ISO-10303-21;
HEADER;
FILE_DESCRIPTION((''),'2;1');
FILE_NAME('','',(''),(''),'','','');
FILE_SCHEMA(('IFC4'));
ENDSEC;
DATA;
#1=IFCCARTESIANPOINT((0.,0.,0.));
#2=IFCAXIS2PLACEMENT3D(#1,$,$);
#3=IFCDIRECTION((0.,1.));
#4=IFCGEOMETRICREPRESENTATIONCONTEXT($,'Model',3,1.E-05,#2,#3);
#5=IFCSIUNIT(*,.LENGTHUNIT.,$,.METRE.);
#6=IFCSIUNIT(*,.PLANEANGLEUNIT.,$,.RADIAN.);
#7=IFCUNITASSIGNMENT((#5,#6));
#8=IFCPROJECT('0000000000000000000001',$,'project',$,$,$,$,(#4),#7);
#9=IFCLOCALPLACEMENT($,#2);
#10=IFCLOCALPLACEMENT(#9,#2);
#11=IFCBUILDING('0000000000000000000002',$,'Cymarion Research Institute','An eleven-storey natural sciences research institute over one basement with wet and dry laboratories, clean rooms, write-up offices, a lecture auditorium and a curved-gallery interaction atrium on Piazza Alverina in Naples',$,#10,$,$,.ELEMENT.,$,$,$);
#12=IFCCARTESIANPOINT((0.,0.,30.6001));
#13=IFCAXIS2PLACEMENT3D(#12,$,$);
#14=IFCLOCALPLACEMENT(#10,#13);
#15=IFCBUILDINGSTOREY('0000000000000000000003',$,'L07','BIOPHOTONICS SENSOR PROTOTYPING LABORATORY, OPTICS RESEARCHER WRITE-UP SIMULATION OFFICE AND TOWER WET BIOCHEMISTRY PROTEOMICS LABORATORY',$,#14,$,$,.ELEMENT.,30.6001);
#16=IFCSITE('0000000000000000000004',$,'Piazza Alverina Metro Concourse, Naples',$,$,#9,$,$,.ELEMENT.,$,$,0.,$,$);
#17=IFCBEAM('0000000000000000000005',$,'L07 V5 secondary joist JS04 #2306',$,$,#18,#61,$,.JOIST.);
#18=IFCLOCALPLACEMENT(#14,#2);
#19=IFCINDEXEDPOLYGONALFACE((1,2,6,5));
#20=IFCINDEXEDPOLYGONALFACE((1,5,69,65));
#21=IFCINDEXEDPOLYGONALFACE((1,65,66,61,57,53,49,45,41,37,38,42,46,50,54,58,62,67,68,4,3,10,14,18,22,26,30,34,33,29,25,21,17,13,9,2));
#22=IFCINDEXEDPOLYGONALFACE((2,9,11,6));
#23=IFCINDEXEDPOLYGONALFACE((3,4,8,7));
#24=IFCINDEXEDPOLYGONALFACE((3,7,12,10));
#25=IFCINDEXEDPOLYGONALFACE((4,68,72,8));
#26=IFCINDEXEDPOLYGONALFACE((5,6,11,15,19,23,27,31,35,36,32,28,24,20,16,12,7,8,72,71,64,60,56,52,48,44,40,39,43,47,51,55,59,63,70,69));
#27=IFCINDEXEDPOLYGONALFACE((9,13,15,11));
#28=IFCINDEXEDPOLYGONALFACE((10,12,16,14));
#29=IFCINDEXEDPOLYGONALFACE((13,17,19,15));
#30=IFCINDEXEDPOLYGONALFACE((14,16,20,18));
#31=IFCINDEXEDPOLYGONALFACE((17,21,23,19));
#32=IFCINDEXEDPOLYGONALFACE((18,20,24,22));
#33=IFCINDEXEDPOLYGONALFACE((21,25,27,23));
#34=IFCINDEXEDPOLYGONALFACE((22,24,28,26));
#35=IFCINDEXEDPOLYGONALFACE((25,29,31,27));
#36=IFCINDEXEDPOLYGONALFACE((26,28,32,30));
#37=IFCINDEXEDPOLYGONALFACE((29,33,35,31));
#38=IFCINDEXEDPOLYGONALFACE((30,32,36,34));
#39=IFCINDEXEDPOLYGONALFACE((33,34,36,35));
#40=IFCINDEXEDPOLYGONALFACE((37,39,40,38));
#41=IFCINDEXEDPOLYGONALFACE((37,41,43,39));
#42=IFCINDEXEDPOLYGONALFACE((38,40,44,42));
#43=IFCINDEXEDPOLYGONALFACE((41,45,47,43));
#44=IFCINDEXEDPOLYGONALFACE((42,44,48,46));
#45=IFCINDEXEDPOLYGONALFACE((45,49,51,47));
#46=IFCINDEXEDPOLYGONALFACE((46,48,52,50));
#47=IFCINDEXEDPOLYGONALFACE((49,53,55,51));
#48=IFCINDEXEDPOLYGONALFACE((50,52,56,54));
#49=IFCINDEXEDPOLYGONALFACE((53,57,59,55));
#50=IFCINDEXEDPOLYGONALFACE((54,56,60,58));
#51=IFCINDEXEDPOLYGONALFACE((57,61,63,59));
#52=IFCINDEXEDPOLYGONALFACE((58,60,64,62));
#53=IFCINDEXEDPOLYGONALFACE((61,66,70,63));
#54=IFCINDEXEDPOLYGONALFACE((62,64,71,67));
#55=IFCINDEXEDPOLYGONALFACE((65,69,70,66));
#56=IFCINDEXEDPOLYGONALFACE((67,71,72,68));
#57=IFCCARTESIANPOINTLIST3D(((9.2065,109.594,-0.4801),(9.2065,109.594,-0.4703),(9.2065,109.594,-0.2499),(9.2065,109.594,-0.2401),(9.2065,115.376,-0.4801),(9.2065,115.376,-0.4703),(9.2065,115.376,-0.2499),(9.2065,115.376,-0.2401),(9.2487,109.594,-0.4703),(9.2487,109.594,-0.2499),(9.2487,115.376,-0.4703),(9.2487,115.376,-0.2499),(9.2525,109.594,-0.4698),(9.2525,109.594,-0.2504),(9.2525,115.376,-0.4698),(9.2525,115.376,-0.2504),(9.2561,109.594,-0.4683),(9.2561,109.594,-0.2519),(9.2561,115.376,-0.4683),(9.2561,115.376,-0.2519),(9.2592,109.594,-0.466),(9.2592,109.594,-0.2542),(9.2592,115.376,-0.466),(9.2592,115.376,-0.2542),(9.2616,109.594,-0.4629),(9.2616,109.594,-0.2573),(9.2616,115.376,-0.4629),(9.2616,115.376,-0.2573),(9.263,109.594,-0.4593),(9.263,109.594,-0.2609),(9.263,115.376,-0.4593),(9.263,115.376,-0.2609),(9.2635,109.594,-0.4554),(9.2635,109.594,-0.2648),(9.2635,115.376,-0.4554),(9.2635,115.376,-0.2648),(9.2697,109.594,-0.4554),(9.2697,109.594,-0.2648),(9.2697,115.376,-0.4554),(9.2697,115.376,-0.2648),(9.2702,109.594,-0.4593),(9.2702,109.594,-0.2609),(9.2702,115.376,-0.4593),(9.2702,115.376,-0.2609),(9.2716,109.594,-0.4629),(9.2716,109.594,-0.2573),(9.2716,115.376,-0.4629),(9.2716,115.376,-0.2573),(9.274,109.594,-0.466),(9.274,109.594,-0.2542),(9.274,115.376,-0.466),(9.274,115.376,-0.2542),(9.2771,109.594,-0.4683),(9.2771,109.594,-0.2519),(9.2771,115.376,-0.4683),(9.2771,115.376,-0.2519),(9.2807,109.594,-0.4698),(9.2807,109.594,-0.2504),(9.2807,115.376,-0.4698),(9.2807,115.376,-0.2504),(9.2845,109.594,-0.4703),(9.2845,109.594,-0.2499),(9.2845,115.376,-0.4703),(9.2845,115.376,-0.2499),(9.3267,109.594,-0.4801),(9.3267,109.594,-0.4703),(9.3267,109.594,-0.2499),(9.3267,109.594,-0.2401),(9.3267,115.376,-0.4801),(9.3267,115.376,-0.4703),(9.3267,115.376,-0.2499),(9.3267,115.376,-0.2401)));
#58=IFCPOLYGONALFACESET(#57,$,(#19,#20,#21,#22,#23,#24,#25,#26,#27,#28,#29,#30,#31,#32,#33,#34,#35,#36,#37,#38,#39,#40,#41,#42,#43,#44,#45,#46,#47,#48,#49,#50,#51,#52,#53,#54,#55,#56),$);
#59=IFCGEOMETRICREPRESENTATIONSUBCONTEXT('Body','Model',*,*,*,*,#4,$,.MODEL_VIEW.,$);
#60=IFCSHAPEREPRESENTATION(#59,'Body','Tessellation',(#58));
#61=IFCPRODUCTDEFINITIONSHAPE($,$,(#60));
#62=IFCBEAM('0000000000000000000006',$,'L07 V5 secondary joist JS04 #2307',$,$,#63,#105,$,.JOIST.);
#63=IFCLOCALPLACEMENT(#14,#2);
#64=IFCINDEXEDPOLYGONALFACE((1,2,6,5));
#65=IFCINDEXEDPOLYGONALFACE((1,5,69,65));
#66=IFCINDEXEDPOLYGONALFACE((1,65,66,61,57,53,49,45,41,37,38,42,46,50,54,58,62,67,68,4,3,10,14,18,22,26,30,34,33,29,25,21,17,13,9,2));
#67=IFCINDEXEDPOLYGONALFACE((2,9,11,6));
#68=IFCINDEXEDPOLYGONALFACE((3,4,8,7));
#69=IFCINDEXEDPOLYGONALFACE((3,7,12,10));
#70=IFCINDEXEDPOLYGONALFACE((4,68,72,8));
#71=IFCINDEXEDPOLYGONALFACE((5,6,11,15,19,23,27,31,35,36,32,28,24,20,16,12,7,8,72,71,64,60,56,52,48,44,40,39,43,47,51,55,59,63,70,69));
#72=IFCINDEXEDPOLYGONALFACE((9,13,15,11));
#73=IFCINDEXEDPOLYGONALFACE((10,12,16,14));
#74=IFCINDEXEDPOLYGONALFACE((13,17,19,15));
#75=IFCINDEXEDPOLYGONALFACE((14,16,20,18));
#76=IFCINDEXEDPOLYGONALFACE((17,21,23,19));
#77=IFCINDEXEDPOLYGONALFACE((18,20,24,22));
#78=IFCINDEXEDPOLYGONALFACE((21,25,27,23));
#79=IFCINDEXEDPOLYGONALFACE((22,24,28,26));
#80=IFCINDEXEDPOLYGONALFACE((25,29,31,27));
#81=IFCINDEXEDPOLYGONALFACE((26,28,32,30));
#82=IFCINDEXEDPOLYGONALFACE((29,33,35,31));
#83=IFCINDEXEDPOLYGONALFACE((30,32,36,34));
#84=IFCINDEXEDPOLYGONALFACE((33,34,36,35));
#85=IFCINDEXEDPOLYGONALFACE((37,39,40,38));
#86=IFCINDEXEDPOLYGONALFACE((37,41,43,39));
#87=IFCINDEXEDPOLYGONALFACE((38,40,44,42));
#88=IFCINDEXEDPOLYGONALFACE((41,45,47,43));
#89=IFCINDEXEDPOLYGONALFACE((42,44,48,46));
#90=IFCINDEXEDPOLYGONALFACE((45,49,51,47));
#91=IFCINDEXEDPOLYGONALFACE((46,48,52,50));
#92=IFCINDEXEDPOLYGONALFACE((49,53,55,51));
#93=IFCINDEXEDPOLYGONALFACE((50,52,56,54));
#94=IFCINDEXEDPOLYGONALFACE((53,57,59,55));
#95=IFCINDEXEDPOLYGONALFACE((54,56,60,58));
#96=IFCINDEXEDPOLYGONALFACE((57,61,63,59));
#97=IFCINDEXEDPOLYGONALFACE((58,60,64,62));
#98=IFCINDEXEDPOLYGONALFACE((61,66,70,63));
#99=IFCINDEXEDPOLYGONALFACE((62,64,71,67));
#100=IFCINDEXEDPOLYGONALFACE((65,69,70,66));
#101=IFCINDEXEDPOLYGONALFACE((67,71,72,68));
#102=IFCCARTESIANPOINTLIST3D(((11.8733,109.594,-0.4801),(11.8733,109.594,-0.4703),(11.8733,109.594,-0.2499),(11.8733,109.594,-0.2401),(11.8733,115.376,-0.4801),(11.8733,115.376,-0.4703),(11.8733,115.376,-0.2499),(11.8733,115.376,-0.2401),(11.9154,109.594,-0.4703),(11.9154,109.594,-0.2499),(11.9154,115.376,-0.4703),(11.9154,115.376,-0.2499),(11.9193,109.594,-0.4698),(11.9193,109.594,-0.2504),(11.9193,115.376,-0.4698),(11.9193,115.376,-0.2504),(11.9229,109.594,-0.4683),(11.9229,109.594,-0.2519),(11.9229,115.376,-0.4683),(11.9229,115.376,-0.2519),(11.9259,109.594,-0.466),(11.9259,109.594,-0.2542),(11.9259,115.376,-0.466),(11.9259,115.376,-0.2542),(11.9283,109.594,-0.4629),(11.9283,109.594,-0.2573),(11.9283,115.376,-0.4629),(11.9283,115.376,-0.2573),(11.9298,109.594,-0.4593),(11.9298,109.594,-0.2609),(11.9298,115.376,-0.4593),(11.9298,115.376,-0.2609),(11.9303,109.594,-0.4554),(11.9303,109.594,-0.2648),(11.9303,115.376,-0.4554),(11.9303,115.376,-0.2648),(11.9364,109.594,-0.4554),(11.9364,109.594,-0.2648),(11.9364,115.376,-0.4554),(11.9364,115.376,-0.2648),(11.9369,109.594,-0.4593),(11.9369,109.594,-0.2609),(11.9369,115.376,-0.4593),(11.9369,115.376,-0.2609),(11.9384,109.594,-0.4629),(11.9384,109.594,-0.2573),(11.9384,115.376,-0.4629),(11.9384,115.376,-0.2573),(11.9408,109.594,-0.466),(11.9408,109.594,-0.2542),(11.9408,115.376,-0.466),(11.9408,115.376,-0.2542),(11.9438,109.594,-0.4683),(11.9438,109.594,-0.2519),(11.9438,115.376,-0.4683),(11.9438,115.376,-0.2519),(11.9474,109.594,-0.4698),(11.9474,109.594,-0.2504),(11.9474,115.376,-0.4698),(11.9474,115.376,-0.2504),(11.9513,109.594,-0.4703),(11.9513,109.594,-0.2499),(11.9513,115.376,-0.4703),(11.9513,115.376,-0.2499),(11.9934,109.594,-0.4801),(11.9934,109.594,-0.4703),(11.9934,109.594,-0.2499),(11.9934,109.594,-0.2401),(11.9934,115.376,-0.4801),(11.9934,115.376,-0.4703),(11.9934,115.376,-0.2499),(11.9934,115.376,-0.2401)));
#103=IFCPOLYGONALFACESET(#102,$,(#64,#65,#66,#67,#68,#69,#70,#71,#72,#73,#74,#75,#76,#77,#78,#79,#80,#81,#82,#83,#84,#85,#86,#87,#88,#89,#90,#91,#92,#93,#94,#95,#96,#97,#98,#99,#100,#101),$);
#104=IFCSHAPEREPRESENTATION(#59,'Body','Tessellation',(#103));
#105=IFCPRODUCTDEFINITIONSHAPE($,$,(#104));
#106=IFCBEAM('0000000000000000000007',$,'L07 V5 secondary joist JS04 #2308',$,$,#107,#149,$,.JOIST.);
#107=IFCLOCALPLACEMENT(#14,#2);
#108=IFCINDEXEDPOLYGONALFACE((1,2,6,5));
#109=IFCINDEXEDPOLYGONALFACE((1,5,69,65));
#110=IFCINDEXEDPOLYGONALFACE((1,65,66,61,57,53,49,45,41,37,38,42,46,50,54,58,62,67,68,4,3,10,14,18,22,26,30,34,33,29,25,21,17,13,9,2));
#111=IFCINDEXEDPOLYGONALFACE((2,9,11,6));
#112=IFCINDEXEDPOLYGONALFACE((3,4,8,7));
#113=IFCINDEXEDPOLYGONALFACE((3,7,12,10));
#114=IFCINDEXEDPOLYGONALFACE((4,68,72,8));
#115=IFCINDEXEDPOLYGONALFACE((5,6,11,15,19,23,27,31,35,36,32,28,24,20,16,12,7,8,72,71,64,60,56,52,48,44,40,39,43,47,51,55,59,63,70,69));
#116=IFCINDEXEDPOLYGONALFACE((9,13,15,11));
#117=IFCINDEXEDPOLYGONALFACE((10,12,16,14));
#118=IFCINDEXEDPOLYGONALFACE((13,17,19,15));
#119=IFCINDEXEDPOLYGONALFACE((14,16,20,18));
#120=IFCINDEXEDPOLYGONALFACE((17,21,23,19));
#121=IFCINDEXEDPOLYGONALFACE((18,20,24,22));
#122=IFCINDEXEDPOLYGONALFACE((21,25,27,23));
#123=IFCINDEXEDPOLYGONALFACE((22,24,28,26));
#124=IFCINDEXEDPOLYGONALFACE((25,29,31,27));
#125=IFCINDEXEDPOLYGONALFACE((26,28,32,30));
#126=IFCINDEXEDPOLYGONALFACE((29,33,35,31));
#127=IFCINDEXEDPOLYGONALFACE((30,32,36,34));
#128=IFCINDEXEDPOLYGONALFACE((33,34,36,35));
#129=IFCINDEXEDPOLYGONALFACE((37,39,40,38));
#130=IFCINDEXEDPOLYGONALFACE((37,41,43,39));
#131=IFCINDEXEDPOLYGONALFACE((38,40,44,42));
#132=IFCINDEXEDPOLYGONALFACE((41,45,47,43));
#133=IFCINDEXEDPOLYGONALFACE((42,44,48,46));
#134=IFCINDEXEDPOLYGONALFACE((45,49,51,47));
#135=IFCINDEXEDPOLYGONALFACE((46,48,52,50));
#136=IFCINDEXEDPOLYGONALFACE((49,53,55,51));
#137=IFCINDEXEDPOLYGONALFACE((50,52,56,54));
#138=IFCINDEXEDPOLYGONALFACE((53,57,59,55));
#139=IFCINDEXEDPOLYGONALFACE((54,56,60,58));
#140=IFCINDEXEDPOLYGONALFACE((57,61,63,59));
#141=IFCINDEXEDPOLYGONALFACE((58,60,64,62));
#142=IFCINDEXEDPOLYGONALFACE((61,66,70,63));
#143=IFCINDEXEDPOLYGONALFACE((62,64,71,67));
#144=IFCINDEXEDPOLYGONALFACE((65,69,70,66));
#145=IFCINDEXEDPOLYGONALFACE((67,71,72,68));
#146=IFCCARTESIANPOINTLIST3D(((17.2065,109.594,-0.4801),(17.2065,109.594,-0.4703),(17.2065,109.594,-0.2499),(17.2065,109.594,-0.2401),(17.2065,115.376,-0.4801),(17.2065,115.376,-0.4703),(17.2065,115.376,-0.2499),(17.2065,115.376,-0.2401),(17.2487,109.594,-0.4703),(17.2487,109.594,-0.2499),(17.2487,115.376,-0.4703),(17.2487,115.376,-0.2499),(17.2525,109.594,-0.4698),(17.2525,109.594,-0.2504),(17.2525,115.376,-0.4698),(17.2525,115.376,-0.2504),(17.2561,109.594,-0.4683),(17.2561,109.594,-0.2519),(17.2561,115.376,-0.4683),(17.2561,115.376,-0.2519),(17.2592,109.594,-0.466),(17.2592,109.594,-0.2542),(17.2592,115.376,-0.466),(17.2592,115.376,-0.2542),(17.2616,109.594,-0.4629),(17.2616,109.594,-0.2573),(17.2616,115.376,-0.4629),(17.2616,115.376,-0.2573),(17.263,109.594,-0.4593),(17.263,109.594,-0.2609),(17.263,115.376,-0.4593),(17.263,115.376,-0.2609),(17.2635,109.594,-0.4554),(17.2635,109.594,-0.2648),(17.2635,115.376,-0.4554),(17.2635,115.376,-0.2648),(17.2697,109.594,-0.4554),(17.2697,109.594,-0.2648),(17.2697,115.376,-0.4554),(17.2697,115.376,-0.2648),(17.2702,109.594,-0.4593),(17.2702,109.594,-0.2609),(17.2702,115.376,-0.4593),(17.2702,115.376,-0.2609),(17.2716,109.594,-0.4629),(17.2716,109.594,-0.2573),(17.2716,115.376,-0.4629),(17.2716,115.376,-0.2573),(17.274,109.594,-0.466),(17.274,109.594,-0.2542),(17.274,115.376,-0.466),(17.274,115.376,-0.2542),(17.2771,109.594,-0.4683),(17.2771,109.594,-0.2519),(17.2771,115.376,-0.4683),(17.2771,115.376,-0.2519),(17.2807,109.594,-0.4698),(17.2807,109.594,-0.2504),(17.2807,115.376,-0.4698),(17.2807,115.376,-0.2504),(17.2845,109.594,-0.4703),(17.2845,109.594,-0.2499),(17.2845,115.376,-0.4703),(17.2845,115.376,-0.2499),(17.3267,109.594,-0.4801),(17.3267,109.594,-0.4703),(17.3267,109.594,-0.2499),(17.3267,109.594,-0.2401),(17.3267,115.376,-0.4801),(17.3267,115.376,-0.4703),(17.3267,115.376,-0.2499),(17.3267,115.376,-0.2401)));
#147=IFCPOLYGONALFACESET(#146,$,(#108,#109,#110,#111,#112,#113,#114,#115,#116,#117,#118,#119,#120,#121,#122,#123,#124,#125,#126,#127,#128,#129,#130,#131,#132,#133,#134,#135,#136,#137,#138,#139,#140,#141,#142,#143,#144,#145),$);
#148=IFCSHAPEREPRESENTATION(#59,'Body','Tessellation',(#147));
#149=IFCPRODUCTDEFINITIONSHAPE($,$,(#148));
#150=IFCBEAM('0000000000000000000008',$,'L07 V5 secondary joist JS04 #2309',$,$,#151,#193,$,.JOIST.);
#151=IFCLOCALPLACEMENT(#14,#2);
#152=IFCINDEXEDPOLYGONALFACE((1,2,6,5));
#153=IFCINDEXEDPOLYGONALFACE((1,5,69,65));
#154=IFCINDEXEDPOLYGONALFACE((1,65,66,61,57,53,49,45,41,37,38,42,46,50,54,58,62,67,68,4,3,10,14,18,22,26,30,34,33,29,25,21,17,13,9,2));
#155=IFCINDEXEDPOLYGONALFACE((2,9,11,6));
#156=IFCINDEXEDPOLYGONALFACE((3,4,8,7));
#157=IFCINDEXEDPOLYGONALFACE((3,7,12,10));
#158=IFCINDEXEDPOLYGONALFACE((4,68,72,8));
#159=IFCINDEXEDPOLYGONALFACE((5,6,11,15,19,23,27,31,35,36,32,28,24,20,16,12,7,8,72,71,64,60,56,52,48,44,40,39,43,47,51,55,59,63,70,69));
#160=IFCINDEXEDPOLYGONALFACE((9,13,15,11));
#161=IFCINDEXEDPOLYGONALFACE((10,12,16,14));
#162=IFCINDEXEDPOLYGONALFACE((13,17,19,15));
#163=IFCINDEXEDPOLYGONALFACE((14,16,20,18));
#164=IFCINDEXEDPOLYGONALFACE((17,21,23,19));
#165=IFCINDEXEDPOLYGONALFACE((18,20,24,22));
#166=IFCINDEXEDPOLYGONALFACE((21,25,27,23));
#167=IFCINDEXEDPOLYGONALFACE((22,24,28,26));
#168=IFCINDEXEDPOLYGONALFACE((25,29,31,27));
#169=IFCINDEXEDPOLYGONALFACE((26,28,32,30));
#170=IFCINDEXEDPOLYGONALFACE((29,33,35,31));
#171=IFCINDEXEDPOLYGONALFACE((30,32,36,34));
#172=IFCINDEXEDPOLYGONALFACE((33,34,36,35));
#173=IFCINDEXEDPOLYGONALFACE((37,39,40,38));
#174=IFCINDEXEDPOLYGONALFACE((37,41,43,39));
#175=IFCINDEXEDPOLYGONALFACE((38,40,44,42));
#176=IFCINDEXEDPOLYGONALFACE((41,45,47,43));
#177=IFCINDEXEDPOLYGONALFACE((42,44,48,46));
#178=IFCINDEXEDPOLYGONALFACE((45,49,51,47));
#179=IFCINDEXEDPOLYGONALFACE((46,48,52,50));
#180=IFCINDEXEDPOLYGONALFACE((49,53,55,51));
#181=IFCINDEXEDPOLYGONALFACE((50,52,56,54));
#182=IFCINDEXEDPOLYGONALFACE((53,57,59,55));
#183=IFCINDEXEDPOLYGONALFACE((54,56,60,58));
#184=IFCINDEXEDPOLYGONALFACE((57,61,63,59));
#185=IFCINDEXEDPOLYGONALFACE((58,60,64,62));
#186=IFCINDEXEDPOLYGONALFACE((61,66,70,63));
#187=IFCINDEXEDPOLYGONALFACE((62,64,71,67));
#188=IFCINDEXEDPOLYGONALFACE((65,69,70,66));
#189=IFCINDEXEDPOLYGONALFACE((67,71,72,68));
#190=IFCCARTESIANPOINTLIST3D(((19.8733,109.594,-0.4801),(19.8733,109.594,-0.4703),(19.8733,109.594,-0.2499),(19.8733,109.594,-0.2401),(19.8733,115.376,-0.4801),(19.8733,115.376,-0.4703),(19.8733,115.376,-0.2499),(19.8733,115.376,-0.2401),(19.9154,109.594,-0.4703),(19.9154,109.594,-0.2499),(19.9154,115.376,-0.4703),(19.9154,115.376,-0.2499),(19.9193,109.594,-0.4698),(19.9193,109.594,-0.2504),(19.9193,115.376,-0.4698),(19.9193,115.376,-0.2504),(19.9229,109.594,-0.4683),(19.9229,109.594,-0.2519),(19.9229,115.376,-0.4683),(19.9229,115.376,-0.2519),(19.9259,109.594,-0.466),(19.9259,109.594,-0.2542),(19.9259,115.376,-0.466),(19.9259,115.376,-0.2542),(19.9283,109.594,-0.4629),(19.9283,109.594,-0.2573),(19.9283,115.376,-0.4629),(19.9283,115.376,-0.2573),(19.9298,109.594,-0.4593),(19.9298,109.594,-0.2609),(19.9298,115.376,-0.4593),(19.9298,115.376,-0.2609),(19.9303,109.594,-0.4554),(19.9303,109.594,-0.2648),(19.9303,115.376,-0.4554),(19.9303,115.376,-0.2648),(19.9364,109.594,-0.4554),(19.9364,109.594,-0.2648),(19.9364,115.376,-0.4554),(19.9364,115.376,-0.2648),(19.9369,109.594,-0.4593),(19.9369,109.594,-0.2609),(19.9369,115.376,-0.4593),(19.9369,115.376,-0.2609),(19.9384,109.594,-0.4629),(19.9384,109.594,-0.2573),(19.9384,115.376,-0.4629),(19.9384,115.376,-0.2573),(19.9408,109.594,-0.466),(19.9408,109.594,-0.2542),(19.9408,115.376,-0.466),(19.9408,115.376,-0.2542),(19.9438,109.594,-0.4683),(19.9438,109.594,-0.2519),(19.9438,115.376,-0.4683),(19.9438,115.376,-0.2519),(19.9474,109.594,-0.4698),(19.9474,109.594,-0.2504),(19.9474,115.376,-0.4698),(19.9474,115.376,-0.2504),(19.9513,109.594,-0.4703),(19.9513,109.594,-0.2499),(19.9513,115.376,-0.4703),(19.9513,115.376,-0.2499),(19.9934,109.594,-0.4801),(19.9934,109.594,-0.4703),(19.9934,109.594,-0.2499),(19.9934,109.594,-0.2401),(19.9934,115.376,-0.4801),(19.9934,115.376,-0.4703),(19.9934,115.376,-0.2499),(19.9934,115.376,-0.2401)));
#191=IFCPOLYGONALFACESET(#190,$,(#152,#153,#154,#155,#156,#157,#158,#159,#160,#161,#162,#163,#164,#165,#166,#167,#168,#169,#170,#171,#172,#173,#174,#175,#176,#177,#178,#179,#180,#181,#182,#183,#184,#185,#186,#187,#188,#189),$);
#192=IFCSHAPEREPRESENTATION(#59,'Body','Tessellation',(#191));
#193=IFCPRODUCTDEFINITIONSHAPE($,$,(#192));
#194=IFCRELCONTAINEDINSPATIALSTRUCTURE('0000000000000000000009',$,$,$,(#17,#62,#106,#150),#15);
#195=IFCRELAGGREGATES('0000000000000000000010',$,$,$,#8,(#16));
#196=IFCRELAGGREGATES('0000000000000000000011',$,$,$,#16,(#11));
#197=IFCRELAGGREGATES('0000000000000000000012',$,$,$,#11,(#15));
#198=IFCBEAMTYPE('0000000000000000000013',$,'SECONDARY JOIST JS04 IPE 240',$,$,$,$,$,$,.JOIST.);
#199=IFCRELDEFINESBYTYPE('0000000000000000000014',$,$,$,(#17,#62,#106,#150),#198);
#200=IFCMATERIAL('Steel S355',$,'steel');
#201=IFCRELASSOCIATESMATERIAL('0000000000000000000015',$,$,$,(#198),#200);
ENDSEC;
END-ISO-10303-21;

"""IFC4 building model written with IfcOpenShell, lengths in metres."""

from ifc_helpers import new_model, si_unit, direction, frame, origin, origin_2d, place, context, subcontext, project, spatial, i_section, extrude, material, material_profile, profile_set, type_object, element, save


model = new_model("IFC4")

# Units and contexts
model_context = context("Model", 3, precision=1e-05, world=origin(), true_north=direction((0.0, 1.0)))
body_context = subcontext(model_context, "Body", "Model", "MODEL_VIEW")
ifc_project = project(units=[si_unit("LENGTHUNIT", "METRE"), si_unit("PLANEANGLEUNIT", "RADIAN")], contexts=[model_context])

# Site, building, storey
site_placement = place(None, origin())
site = spatial("IfcSite", under=ifc_project, at=site_placement, Name="Piazza Alverina Metro Concourse, Naples", CompositionType="ELEMENT", RefElevation=0.0)
building_placement = place(site_placement, origin())
building = spatial("IfcBuilding", under=site, at=building_placement, Name="Cymarion Research Institute", Description="An eleven-storey natural sciences research institute over one basement with wet and dry laboratories, clean rooms, write-up offices, a lecture auditorium and a curved-gallery interaction atrium on Piazza Alverina in Naples", CompositionType="ELEMENT")
storey_placement = place(building_placement, frame((0.0, 0.0, 30.6001)))
storey = spatial("IfcBuildingStorey", under=building, at=storey_placement, Name="L07", Description="BIOPHOTONICS SENSOR PROTOTYPING LABORATORY, OPTICS RESEARCHER WRITE-UP SIMULATION OFFICE AND TOWER WET BIOCHEMISTRY PROTEOMICS LABORATORY", CompositionType="ELEMENT", Elevation=30.6001)

# Beams
ifc_material_1 = material(Name="Steel S355", Category="steel")
ifc_material_profile_1 = material_profile(ifc_material_1, i_section(OverallWidth=0.1201, OverallDepth=0.24, WebThickness=0.0061, FlangeThickness=0.0098, FilletRadius=0.0149, at=origin_2d()), Name="IPE 240")
ifc_profile_set_1 = profile_set([ifc_material_profile_1], Name="Steel S355")
beam_type_1 = type_object("IfcBeamType", Name="SECONDARY JOIST JS04 IPE 240", PredefinedType="JOIST", material=ifc_profile_set_1)
for number, where, z_axis, x_axis, name in (
    (1, (9.2666, 109.594, -0.3601), (0.0, 1.0, 0.0), (-1.0, 0.0, 0.0), "L07 V5 secondary joist JS04 #2306"),
    (2, (11.9333, 109.594, -0.3601), (0.0, 1.0, 0.0), (-1.0, 0.0, 0.0), "L07 V5 secondary joist JS04 #2307"),
    (3, (17.2666, 109.594, -0.3601), (0.0, 1.0, 0.0), (-1.0, 0.0, 0.0), "L07 V5 secondary joist JS04 #2308"),
    (4, (19.9333, 109.594, -0.3601), (0.0, 1.0, 0.0), (-1.0, 0.0, 0.0), "L07 V5 secondary joist JS04 #2309"),
):
    element("IfcBeam", number, at=place(storey_placement, frame(where, z_axis=z_axis, x_axis=x_axis)), inside=storey, type_object=beam_type_1, Name=name, PredefinedType="JOIST", context=body_context, shape_type="SweptSolid", body=[
        extrude(i_section(OverallWidth=0.1201, OverallDepth=0.24, WebThickness=0.0061, FlangeThickness=0.0098, FilletRadius=0.0149, at=origin_2d()), origin(), (0.0, 0.0, 1.0), 5.782),
    ])

save(model, "model.ifc")
